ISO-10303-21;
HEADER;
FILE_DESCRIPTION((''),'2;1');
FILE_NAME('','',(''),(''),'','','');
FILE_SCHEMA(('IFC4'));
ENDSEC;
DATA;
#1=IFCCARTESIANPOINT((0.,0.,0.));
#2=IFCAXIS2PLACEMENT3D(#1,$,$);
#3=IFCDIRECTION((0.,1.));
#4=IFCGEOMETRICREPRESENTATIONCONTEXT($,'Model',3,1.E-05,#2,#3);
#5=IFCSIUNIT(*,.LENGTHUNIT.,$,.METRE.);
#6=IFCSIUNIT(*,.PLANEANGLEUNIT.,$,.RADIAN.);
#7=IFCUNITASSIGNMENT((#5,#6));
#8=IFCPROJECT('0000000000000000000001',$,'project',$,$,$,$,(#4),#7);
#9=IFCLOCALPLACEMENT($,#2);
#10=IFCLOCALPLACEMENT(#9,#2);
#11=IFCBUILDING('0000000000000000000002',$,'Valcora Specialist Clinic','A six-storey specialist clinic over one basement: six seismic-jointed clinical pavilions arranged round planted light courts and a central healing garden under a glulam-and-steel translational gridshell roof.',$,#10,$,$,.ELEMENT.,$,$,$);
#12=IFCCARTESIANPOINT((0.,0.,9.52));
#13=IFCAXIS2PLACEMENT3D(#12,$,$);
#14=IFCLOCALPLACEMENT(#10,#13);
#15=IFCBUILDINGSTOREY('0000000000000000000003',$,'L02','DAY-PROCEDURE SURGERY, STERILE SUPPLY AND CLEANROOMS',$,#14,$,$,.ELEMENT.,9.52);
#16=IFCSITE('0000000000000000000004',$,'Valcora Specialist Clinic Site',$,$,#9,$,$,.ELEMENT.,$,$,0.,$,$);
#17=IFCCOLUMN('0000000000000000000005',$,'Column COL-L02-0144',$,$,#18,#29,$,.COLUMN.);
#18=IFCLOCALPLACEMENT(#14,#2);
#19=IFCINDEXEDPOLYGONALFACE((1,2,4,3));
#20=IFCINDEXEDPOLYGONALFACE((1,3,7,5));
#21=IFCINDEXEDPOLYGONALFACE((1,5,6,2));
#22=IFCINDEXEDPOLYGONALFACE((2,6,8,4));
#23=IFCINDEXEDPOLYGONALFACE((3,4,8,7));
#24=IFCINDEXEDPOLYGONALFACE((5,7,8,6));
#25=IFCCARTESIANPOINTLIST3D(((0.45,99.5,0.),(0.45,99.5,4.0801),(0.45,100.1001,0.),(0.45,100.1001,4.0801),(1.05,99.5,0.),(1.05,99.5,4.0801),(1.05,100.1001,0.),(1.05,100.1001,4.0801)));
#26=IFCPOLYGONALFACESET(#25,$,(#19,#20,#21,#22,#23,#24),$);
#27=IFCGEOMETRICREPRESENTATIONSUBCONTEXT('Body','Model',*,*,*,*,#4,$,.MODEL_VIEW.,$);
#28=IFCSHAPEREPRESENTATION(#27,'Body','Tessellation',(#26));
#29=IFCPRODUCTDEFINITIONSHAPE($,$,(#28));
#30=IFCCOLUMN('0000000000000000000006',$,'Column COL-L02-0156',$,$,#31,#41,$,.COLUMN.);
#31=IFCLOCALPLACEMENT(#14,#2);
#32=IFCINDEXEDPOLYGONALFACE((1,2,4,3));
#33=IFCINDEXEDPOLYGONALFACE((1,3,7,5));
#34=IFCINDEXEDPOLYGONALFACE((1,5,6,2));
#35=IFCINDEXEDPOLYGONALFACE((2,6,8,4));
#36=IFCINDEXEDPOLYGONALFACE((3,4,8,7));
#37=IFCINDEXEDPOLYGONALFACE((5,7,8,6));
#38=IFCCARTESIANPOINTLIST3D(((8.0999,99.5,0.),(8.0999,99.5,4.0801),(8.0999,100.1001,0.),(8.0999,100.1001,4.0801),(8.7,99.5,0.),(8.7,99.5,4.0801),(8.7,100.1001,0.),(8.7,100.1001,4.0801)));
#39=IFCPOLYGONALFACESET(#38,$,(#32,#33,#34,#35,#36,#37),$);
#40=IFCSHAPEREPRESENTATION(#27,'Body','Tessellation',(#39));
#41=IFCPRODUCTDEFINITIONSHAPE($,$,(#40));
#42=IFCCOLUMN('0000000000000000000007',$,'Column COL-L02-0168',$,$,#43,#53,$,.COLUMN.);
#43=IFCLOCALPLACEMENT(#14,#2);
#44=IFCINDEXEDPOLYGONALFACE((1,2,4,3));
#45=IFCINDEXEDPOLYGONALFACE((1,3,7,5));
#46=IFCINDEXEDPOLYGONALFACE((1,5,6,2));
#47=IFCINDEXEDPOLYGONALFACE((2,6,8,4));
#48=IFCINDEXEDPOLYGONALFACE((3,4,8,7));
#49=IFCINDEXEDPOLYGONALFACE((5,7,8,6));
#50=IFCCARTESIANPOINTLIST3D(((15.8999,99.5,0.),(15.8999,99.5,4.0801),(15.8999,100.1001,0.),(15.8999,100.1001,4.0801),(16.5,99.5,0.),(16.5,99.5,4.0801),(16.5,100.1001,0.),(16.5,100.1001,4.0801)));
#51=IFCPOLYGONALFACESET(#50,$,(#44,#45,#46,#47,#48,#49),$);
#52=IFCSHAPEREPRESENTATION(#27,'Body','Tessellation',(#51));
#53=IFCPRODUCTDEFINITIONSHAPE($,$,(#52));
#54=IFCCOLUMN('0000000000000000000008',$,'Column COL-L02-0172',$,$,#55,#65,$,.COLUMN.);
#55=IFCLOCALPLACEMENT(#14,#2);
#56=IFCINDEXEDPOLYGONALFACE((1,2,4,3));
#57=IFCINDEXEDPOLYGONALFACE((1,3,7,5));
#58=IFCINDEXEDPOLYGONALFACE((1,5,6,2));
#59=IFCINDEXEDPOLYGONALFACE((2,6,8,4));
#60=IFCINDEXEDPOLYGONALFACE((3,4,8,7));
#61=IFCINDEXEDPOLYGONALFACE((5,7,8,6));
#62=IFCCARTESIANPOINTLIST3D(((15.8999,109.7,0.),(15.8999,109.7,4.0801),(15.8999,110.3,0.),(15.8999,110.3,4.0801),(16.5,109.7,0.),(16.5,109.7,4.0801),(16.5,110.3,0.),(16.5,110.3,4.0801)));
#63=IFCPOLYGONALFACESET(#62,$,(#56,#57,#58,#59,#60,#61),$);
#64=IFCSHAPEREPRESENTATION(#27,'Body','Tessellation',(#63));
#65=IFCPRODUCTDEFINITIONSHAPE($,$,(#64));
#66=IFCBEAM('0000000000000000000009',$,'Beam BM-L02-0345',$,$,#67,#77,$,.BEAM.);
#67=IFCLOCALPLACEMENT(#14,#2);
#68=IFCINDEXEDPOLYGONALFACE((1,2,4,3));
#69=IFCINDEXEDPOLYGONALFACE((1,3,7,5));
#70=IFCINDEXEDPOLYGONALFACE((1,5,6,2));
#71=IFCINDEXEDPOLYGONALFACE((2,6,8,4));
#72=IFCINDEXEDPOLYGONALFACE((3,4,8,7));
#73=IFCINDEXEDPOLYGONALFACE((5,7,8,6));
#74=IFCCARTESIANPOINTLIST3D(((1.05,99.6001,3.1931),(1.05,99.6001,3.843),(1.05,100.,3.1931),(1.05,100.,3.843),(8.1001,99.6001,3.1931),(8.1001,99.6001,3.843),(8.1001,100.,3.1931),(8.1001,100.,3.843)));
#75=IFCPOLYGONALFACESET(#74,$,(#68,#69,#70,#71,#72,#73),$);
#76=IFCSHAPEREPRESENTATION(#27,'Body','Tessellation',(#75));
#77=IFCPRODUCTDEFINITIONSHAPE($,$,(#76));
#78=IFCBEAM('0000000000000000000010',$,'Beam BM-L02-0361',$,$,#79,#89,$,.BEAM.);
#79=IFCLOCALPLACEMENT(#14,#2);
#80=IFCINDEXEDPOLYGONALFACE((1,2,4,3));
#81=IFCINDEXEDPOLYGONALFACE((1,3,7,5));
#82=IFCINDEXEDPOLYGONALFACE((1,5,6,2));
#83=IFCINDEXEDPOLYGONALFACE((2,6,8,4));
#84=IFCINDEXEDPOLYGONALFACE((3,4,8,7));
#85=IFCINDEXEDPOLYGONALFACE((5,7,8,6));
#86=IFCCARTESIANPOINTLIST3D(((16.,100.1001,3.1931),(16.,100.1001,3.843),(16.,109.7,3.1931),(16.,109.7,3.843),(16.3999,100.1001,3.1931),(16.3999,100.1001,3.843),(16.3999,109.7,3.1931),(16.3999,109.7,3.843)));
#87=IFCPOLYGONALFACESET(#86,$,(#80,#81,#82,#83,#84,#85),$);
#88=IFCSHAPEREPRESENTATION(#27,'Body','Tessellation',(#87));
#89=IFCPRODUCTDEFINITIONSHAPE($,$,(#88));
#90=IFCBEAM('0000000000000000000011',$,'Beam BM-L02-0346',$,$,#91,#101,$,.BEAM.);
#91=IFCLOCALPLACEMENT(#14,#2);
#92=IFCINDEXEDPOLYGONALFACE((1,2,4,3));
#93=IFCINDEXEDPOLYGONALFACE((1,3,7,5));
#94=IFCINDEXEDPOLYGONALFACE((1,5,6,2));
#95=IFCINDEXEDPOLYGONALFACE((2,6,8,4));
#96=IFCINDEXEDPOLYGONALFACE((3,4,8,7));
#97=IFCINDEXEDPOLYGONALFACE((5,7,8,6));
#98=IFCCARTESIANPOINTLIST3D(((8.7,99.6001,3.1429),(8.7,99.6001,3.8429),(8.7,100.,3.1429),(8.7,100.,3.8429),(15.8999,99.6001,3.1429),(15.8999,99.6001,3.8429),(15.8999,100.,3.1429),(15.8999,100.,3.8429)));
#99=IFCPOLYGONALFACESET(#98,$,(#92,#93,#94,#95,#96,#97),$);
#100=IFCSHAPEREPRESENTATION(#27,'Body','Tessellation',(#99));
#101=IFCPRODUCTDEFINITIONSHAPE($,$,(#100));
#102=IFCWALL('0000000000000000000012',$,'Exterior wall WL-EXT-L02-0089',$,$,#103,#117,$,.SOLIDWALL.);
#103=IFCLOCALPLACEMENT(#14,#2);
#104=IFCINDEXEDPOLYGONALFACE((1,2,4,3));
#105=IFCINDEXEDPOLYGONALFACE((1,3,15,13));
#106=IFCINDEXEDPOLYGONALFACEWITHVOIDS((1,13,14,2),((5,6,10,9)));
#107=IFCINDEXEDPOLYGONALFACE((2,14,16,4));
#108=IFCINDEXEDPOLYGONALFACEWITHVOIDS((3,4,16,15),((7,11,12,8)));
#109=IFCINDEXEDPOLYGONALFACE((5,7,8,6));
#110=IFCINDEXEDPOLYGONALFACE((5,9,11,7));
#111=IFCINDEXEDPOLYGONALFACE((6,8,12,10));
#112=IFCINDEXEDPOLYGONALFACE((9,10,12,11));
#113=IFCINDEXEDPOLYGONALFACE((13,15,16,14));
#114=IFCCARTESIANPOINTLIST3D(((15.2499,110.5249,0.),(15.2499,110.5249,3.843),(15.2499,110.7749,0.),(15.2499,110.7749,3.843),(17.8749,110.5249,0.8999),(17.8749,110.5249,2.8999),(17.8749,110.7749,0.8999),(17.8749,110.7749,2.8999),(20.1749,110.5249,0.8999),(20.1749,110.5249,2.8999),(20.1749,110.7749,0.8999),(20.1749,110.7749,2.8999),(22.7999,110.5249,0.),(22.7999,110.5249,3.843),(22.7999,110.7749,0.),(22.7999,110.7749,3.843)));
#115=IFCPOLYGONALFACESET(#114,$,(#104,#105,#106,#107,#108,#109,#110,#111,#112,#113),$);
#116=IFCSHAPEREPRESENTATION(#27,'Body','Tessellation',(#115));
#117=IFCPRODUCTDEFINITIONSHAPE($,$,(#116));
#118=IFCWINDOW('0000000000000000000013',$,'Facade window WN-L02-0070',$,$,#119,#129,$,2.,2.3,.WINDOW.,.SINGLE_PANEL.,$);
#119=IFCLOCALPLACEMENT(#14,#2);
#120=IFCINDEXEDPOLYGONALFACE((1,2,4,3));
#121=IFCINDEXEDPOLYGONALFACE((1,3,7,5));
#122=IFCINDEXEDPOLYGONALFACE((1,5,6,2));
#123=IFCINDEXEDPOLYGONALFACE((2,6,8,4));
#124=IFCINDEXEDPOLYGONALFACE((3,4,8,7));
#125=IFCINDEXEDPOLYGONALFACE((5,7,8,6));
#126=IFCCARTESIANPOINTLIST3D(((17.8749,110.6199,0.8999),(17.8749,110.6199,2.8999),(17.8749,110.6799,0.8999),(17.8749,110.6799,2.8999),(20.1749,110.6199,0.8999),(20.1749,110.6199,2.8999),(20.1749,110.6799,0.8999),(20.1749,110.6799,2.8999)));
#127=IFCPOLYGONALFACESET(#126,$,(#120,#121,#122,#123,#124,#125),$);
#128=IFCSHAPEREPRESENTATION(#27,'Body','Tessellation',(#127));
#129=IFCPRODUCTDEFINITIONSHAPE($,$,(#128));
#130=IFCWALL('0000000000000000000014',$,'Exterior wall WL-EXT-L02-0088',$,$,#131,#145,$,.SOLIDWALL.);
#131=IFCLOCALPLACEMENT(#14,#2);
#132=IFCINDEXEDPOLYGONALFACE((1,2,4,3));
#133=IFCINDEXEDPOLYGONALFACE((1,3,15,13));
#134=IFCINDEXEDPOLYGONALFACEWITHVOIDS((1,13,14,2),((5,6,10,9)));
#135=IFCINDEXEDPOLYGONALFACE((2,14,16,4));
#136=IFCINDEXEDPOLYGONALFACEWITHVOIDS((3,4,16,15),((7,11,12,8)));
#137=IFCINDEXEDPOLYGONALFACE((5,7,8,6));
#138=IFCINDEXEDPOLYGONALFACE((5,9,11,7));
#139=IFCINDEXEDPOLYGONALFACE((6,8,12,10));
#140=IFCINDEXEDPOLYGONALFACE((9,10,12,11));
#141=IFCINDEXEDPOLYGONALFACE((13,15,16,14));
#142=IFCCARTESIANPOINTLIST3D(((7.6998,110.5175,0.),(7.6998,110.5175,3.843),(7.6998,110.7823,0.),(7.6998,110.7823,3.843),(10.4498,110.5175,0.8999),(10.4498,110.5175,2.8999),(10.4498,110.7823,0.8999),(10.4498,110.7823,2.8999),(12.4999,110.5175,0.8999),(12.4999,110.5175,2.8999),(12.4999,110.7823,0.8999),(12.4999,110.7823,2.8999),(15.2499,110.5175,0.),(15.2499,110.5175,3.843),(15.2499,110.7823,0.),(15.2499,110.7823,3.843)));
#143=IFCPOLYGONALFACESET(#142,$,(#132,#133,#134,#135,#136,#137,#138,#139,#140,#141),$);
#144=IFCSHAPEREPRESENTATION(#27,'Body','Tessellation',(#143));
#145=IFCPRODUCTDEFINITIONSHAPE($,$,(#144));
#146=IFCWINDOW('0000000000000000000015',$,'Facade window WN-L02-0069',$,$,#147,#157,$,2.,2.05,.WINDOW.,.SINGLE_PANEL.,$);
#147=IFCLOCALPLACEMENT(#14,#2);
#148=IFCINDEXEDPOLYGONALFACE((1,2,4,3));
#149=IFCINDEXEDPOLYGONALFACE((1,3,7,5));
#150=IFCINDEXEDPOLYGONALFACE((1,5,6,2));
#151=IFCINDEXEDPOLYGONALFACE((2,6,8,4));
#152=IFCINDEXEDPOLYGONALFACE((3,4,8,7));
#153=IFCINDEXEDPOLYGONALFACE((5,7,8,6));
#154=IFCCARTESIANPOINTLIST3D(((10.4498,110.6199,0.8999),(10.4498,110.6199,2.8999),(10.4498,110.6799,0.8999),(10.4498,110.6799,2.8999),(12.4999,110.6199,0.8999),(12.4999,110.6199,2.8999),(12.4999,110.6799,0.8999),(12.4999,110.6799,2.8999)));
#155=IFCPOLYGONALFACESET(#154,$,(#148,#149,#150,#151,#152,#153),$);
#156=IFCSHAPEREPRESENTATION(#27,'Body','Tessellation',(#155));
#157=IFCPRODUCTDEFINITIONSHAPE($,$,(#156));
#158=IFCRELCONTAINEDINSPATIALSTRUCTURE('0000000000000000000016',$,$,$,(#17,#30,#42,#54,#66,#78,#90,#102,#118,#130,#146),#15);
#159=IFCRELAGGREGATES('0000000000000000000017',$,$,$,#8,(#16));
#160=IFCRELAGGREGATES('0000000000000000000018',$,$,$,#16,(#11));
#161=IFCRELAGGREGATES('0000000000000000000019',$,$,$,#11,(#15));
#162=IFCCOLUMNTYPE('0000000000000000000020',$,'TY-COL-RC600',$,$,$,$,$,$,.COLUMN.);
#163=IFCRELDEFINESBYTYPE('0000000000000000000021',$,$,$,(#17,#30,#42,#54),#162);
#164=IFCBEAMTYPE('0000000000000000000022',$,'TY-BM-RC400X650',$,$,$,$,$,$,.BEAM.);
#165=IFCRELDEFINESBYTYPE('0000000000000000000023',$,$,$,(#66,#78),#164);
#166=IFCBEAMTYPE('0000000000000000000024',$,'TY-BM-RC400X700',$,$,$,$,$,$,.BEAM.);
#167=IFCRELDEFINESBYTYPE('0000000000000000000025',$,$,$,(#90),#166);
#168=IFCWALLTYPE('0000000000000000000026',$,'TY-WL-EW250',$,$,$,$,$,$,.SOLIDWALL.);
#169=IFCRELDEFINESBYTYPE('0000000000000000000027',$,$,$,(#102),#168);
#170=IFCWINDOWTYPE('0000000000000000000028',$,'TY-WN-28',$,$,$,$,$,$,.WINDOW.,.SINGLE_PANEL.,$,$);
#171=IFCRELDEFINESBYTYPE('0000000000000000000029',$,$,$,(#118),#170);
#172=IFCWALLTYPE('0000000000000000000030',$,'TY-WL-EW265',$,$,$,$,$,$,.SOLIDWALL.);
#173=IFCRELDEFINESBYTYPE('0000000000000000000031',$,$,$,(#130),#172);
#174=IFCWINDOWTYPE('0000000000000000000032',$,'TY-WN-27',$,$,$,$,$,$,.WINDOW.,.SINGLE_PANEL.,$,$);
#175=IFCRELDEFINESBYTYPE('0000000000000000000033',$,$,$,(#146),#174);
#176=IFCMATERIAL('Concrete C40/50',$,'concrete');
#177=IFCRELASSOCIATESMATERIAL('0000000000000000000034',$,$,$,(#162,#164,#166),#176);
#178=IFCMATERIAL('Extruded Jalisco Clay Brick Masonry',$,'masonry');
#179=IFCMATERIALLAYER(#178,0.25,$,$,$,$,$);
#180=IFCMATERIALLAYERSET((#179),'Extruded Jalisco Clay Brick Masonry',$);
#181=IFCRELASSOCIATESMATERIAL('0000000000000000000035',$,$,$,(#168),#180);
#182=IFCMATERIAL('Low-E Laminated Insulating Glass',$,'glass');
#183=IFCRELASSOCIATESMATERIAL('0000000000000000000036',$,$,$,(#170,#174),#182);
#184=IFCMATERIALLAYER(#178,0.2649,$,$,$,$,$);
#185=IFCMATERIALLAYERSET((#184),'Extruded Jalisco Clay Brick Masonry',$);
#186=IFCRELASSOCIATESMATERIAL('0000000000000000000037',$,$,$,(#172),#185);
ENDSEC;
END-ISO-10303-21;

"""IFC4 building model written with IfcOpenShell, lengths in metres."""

from ifc_helpers import new_model, si_unit, direction, frame, frame_2d, origin, origin_2d, place, context, subcontext, project, spatial, rectangle, extrude, material, layer, layer_set, material_profile, profile_set, type_object, element, fill, save


model = new_model("IFC4")

# Units and contexts
model_context = context("Model", 3, precision=1e-05, world=origin(), true_north=direction((0.0, 1.0)))
body_context = subcontext(model_context, "Body", "Model", "MODEL_VIEW")
ifc_project = project(units=[si_unit("LENGTHUNIT", "METRE"), si_unit("PLANEANGLEUNIT", "RADIAN")], contexts=[model_context])

# Site, building, storey
site_placement = place(None, origin())
site = spatial("IfcSite", under=ifc_project, at=site_placement, Name="Valcora Specialist Clinic Site", CompositionType="ELEMENT", RefElevation=0.0)
building_placement = place(site_placement, origin())
building = spatial("IfcBuilding", under=site, at=building_placement, Name="Valcora Specialist Clinic", Description="A six-storey specialist clinic over one basement: six seismic-jointed clinical pavilions arranged round planted light courts and a central healing garden under a glulam-and-steel translational gridshell roof.", CompositionType="ELEMENT")
storey_placement = place(building_placement, frame((0.0, 0.0, 9.52)))
storey = spatial("IfcBuildingStorey", under=building, at=storey_placement, Name="L02", Description="DAY-PROCEDURE SURGERY, STERILE SUPPLY AND CLEANROOMS", CompositionType="ELEMENT", Elevation=9.52)

# Columns
ifc_material_1 = material(Name="Concrete C40/50", Category="concrete")
ifc_material_profile_1 = material_profile(ifc_material_1, rectangle(XDim=0.6001, YDim=0.6001, at=origin_2d()), Name="RC-COL-600X600")
ifc_profile_set_1 = profile_set([ifc_material_profile_1], Name="Concrete C40/50")
column_type = type_object("IfcColumnType", Name="TY-COL-RC600", PredefinedType="COLUMN", material=ifc_profile_set_1)
for number, where, z_axis, x_axis, name in (
    (1, (0.75, 99.8, 0.0), (0.0, 0.0, 1.0), (1.0, 0.0, 0.0), "Column COL-L02-0144"),
    (2, (8.3999, 99.8, 0.0), (0.0, 0.0, 1.0), (1.0, 0.0, 0.0), "Column COL-L02-0156"),
    (3, (16.2, 99.8, 0.0), (0.0, 0.0, 1.0), (1.0, 0.0, 0.0), "Column COL-L02-0168"),
    (4, (16.2, 110.0, 0.0), (0.0, 0.0, 1.0), (1.0, 0.0, 0.0), "Column COL-L02-0172"),
):
    element("IfcColumn", number, at=place(storey_placement, frame(where, z_axis=z_axis, x_axis=x_axis)), inside=storey, type_object=column_type, Name=name, PredefinedType="COLUMN", context=body_context, shape_type="SweptSolid", body=[
        extrude(rectangle(XDim=0.6001, YDim=0.6001, at=origin_2d()), origin(), (0.0, 0.0, 1.0), 4.0801),
    ])

# Beams
ifc_material_profile_2 = material_profile(ifc_material_1, rectangle(XDim=0.3999, YDim=0.6499, at=origin_2d()), Name="RC-BM-400X650")
ifc_profile_set_2 = profile_set([ifc_material_profile_2], Name="Concrete C40/50")
beam_type_1 = type_object("IfcBeamType", Name="TY-BM-RC400X650", PredefinedType="BEAM", material=ifc_profile_set_2)
beam_1_placement = place(storey_placement, frame((1.05, 99.8, 3.5181), z_axis=(1.0, 0.0, 0.0), x_axis=(0.0, 1.0, 0.0)))
element("IfcBeam", 5, at=beam_1_placement, inside=storey, type_object=beam_type_1, Name="Beam BM-L02-0345", PredefinedType="BEAM", context=body_context, shape_type="SweptSolid", body=[
    extrude(rectangle(XDim=0.3999, YDim=0.6499, at=origin_2d()), origin(), (0.0, 0.0, 1.0), 7.05),
])
beam_2_placement = place(storey_placement, frame((16.2, 100.1001, 3.5181), z_axis=(0.0, 1.0, 0.0), x_axis=(-1.0, 0.0, 0.0)))
element("IfcBeam", 6, at=beam_2_placement, inside=storey, type_object=beam_type_1, Name="Beam BM-L02-0361", PredefinedType="BEAM", context=body_context, shape_type="SweptSolid", body=[
    extrude(rectangle(XDim=0.3999, YDim=0.6499, at=origin_2d()), origin(), (0.0, 0.0, 1.0), 9.5999),
])
ifc_material_profile_3 = material_profile(ifc_material_1, rectangle(XDim=0.3999, YDim=0.7, at=origin_2d()), Name="RC-BM-400X700")
ifc_profile_set_3 = profile_set([ifc_material_profile_3], Name="Concrete C40/50")
beam_type_2 = type_object("IfcBeamType", Name="TY-BM-RC400X700", PredefinedType="BEAM", material=ifc_profile_set_3)
beam_3_placement = place(storey_placement, frame((8.7, 99.8, 3.4929), z_axis=(1.0, 0.0, 0.0), x_axis=(0.0, 1.0, 0.0)))
element("IfcBeam", 7, at=beam_3_placement, inside=storey, type_object=beam_type_2, Name="Beam BM-L02-0346", PredefinedType="BEAM", context=body_context, shape_type="SweptSolid", body=[
    extrude(rectangle(XDim=0.3999, YDim=0.7, at=origin_2d()), origin(), (0.0, 0.0, 1.0), 7.2),
])

# Walls, openings, windows
ifc_material_2 = material(Name="Extruded Jalisco Clay Brick Masonry", Category="masonry")
ifc_layer_1 = layer(ifc_material_2, 0.25)
ifc_layer_set_1 = layer_set([ifc_layer_1], Name="Extruded Jalisco Clay Brick Masonry")
wall_type_1 = type_object("IfcWallType", Name="TY-WL-EW250", PredefinedType="SOLIDWALL", material=ifc_layer_set_1)
wall_1_placement = place(storey_placement, frame((15.25, 110.6499, 0.0), z_axis=(0.0, 0.0, 1.0), x_axis=(1.0, 0.0, 0.0)))
wall_1 = element("IfcWall", 8, at=wall_1_placement, inside=storey, type_object=wall_type_1, Name="Exterior wall WL-EXT-L02-0089", PredefinedType="SOLIDWALL", context=body_context, shape_type="SweptSolid", body=[
    extrude(rectangle(XDim=7.55, YDim=0.25, at=frame_2d((3.7749, 0.0))), origin(), (0.0, 0.0, 1.0), 3.843),
])
opening_1_placement = place(wall_1_placement, frame((2.625, 0.0, 0.8999)))
opening_1 = element("IfcOpeningElement", 9, at=opening_1_placement, cuts=wall_1, PredefinedType="OPENING", context=body_context, shape_type="SweptSolid", body=[
    extrude(rectangle(XDim=2.3, YDim=2.0, at=frame_2d((1.1499, 1.0))), frame((0.0, 0.135, 0.0), z_axis=(0.0, -1.0, 0.0), x_axis=(1.0, 0.0, 0.0)), (0.0, 0.0, 1.0), 0.27),
])
ifc_material_3 = material(Name="Low-E Laminated Insulating Glass", Category="glass")
window_type_1 = type_object("IfcWindowType", Name="TY-WN-28", PartitioningType="SINGLE_PANEL", PredefinedType="WINDOW", material=ifc_material_3)
window_1_placement = place(opening_1_placement, origin())
window_1 = element("IfcWindow", 10, at=window_1_placement, inside=storey, type_object=window_type_1, Name="Facade window WN-L02-0070", OverallHeight=2.0, OverallWidth=2.3, PartitioningType="SINGLE_PANEL", PredefinedType="WINDOW", context=body_context, shape_type="SweptSolid", body=[
    extrude(rectangle(XDim=2.3, YDim=2.0, at=frame_2d((1.1499, 1.0))), frame((0.0, 0.03, 0.0), z_axis=(0.0, -1.0, 0.0), x_axis=(1.0, 0.0, 0.0)), (0.0, 0.0, 1.0), 0.0601),
])
fill(opening_1, window_1)
ifc_layer_2 = layer(ifc_material_2, 0.2649)
ifc_layer_set_2 = layer_set([ifc_layer_2], Name="Extruded Jalisco Clay Brick Masonry")
wall_type_2 = type_object("IfcWallType", Name="TY-WL-EW265", PredefinedType="SOLIDWALL", material=ifc_layer_set_2)
wall_2_placement = place(storey_placement, frame((7.7, 110.6499, 0.0), z_axis=(0.0, 0.0, 1.0), x_axis=(1.0, 0.0, 0.0)))
wall_2 = element("IfcWall", 11, at=wall_2_placement, inside=storey, type_object=wall_type_2, Name="Exterior wall WL-EXT-L02-0088", PredefinedType="SOLIDWALL", context=body_context, shape_type="SweptSolid", body=[
    extrude(rectangle(XDim=7.55, YDim=0.2649, at=frame_2d((3.7749, 0.0))), origin(), (0.0, 0.0, 1.0), 3.843),
])
opening_2_placement = place(wall_2_placement, frame((2.75, 0.0, 0.8999)))
opening_2 = element("IfcOpeningElement", 12, at=opening_2_placement, cuts=wall_2, PredefinedType="OPENING", context=body_context, shape_type="SweptSolid", body=[
    extrude(rectangle(XDim=2.05, YDim=2.0, at=frame_2d((1.0249, 1.0))), frame((0.0, 0.1423, 0.0), z_axis=(0.0, -1.0, 0.0), x_axis=(1.0, 0.0, 0.0)), (0.0, 0.0, 1.0), 0.2849),
])
window_type_2 = type_object("IfcWindowType", Name="TY-WN-27", PartitioningType="SINGLE_PANEL", PredefinedType="WINDOW", material=ifc_material_3)
window_2_placement = place(opening_2_placement, origin())
window_2 = element("IfcWindow", 13, at=window_2_placement, inside=storey, type_object=window_type_2, Name="Facade window WN-L02-0069", OverallHeight=2.0, OverallWidth=2.05, PartitioningType="SINGLE_PANEL", PredefinedType="WINDOW", context=body_context, shape_type="SweptSolid", body=[
    extrude(rectangle(XDim=2.05, YDim=2.0, at=frame_2d((1.0249, 1.0))), frame((0.0, 0.03, 0.0), z_axis=(0.0, -1.0, 0.0), x_axis=(1.0, 0.0, 0.0)), (0.0, 0.0, 1.0), 0.0601),
])
fill(opening_2, window_2)

save(model, "model.ifc")
